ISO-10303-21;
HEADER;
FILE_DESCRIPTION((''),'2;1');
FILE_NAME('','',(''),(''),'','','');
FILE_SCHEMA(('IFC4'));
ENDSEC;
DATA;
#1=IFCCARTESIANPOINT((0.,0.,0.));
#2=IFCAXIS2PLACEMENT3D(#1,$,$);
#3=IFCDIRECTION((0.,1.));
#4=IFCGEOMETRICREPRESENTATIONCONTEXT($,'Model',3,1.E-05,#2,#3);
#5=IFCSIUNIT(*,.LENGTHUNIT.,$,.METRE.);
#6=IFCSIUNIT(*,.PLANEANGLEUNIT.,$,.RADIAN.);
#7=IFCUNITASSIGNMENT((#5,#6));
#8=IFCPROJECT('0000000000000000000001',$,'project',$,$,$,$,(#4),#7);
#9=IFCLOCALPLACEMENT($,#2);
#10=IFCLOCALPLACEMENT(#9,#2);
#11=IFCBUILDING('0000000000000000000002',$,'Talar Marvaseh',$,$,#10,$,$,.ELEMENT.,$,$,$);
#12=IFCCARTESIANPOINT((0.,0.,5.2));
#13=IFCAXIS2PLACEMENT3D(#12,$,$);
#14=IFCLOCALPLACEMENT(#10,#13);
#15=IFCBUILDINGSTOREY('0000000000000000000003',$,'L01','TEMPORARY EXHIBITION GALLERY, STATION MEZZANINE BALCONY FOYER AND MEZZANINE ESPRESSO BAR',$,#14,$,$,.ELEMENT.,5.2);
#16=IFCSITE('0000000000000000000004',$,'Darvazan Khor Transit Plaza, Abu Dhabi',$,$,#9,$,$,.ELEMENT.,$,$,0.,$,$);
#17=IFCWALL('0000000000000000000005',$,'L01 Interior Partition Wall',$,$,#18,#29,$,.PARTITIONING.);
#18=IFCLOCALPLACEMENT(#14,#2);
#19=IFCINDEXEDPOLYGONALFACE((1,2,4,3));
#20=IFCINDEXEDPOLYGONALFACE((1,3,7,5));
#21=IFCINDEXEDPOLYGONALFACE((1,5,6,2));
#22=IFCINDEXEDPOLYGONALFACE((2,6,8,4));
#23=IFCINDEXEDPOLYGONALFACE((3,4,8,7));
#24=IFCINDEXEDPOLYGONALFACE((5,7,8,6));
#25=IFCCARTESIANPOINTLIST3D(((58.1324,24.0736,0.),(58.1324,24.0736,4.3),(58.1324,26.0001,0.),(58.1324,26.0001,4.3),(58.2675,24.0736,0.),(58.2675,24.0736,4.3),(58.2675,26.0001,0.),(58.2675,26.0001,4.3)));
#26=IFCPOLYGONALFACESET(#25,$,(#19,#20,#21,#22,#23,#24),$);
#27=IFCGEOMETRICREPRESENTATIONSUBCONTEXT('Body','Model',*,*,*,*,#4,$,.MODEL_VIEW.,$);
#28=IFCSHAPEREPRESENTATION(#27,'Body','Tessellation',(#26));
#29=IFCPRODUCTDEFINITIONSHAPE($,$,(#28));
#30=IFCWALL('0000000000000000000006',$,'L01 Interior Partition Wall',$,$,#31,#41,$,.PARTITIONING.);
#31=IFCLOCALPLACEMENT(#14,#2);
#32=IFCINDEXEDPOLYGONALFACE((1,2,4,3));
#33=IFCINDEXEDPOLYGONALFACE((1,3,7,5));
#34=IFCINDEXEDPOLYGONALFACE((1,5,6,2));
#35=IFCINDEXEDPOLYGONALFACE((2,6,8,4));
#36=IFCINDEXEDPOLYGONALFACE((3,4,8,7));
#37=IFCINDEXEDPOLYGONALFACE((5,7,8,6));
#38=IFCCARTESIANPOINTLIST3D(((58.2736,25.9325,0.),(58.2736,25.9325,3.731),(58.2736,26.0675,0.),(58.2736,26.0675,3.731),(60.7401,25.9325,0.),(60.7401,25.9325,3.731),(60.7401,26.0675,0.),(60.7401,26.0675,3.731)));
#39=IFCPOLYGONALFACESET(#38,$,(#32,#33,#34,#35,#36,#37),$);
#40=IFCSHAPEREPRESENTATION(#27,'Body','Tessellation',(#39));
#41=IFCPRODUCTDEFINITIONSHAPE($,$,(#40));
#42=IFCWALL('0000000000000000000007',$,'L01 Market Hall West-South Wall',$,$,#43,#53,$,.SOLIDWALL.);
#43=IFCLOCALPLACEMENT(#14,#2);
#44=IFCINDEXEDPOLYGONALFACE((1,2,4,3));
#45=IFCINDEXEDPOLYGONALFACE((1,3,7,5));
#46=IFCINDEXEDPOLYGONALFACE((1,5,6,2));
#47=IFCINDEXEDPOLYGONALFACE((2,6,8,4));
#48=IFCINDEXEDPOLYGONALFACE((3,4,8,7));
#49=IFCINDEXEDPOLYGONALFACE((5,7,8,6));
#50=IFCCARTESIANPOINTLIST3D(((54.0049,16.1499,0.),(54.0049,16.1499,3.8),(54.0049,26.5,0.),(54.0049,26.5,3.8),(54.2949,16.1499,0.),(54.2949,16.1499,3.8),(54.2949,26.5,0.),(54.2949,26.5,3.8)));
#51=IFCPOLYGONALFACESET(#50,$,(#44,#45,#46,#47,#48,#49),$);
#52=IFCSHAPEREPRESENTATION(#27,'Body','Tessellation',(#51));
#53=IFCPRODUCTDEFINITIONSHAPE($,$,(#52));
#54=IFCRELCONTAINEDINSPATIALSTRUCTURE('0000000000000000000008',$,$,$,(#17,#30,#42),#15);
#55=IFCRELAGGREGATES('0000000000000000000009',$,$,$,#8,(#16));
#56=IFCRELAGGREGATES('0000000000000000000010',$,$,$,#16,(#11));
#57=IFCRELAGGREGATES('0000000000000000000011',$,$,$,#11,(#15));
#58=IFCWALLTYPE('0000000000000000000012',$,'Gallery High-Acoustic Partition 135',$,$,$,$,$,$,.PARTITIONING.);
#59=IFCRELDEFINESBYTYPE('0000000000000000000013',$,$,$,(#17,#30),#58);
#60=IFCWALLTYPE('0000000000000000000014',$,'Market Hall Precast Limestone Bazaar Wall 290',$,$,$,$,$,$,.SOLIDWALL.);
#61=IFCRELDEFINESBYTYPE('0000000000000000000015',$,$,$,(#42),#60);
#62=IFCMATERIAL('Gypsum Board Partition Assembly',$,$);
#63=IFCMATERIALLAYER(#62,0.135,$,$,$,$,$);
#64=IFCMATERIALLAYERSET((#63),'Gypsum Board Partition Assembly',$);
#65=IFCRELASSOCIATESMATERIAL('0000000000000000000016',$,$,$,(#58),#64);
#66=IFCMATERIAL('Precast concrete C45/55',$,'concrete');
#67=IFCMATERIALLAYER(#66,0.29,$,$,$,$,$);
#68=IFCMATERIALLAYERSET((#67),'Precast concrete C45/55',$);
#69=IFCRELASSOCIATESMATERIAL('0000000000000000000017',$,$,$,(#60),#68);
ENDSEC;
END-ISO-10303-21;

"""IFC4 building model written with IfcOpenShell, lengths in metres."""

from ifc_helpers import new_model, si_unit, direction, frame, frame_2d, origin, place, context, subcontext, project, spatial, rectangle, extrude, material, layer, layer_set, type_object, element, save


model = new_model("IFC4")

# Units and contexts
model_context = context("Model", 3, precision=1e-05, world=origin(), true_north=direction((0.0, 1.0)))
body_context = subcontext(model_context, "Body", "Model", "MODEL_VIEW")
ifc_project = project(units=[si_unit("LENGTHUNIT", "METRE"), si_unit("PLANEANGLEUNIT", "RADIAN")], contexts=[model_context])

# Site, building, storey
site_placement = place(None, origin())
site = spatial("IfcSite", under=ifc_project, at=site_placement, Name="Darvazan Khor Transit Plaza, Abu Dhabi", CompositionType="ELEMENT", RefElevation=0.0)
building_placement = place(site_placement, origin())
building = spatial("IfcBuilding", under=site, at=building_placement, Name="Talar Marvaseh", CompositionType="ELEMENT")
storey_placement = place(building_placement, frame((0.0, 0.0, 5.2)))
storey = spatial("IfcBuildingStorey", under=building, at=storey_placement, Name="L01", Description="TEMPORARY EXHIBITION GALLERY, STATION MEZZANINE BALCONY FOYER AND MEZZANINE ESPRESSO BAR", CompositionType="ELEMENT", Elevation=5.2)

# Shared definitions
ifc_material_1 = material(Name="Precast concrete C45/55", Category="concrete")

# Walls
ifc_material_2 = material(Name="Gypsum Board Partition Assembly")
ifc_layer_1 = layer(ifc_material_2, 0.135)
ifc_layer_set_1 = layer_set([ifc_layer_1], Name="Gypsum Board Partition Assembly")
wall_type_1 = type_object("IfcWallType", Name="Gallery High-Acoustic Partition 135", PredefinedType="PARTITIONING", material=ifc_layer_set_1)
wall_1_placement = place(storey_placement, frame((58.2, 24.0735, 0.0), z_axis=(0.0, 0.0, 1.0), x_axis=(0.0, 1.0, 0.0)))
element("IfcWall", 1, at=wall_1_placement, inside=storey, type_object=wall_type_1, Name="L01 Interior Partition Wall", PredefinedType="PARTITIONING", context=body_context, shape_type="SweptSolid", body=[
    extrude(rectangle(XDim=1.9265, YDim=0.135, at=frame_2d((0.9634, 0.0))), origin(), (0.0, 0.0, 1.0), 4.3),
])
wall_2_placement = place(storey_placement, frame((58.2734, 26.0, 0.0), z_axis=(0.0, 0.0, 1.0), x_axis=(1.0, 0.0, 0.0)))
element("IfcWall", 2, at=wall_2_placement, inside=storey, type_object=wall_type_1, Name="L01 Interior Partition Wall", PredefinedType="PARTITIONING", context=body_context, shape_type="SweptSolid", body=[
    extrude(rectangle(XDim=2.4666, YDim=0.135, at=frame_2d((1.2334, 0.0))), origin(), (0.0, 0.0, 1.0), 3.731),
])
ifc_layer_2 = layer(ifc_material_1, 0.29)
ifc_layer_set_2 = layer_set([ifc_layer_2], Name="Precast concrete C45/55")
wall_type_2 = type_object("IfcWallType", Name="Market Hall Precast Limestone Bazaar Wall 290", PredefinedType="SOLIDWALL", material=ifc_layer_set_2)
wall_3_placement = place(storey_placement, frame((54.1499, 16.1499, 0.0), z_axis=(0.0, 0.0, 1.0), x_axis=(0.0, 1.0, 0.0)))
element("IfcWall", 3, at=wall_3_placement, inside=storey, type_object=wall_type_2, Name="L01 Market Hall West-South Wall", PredefinedType="SOLIDWALL", context=body_context, shape_type="SweptSolid", body=[
    extrude(rectangle(XDim=10.3501, YDim=0.29, at=frame_2d((5.175, 0.0))), origin(), (0.0, 0.0, 1.0), 3.8),
])

save(model, "model.ifc")
